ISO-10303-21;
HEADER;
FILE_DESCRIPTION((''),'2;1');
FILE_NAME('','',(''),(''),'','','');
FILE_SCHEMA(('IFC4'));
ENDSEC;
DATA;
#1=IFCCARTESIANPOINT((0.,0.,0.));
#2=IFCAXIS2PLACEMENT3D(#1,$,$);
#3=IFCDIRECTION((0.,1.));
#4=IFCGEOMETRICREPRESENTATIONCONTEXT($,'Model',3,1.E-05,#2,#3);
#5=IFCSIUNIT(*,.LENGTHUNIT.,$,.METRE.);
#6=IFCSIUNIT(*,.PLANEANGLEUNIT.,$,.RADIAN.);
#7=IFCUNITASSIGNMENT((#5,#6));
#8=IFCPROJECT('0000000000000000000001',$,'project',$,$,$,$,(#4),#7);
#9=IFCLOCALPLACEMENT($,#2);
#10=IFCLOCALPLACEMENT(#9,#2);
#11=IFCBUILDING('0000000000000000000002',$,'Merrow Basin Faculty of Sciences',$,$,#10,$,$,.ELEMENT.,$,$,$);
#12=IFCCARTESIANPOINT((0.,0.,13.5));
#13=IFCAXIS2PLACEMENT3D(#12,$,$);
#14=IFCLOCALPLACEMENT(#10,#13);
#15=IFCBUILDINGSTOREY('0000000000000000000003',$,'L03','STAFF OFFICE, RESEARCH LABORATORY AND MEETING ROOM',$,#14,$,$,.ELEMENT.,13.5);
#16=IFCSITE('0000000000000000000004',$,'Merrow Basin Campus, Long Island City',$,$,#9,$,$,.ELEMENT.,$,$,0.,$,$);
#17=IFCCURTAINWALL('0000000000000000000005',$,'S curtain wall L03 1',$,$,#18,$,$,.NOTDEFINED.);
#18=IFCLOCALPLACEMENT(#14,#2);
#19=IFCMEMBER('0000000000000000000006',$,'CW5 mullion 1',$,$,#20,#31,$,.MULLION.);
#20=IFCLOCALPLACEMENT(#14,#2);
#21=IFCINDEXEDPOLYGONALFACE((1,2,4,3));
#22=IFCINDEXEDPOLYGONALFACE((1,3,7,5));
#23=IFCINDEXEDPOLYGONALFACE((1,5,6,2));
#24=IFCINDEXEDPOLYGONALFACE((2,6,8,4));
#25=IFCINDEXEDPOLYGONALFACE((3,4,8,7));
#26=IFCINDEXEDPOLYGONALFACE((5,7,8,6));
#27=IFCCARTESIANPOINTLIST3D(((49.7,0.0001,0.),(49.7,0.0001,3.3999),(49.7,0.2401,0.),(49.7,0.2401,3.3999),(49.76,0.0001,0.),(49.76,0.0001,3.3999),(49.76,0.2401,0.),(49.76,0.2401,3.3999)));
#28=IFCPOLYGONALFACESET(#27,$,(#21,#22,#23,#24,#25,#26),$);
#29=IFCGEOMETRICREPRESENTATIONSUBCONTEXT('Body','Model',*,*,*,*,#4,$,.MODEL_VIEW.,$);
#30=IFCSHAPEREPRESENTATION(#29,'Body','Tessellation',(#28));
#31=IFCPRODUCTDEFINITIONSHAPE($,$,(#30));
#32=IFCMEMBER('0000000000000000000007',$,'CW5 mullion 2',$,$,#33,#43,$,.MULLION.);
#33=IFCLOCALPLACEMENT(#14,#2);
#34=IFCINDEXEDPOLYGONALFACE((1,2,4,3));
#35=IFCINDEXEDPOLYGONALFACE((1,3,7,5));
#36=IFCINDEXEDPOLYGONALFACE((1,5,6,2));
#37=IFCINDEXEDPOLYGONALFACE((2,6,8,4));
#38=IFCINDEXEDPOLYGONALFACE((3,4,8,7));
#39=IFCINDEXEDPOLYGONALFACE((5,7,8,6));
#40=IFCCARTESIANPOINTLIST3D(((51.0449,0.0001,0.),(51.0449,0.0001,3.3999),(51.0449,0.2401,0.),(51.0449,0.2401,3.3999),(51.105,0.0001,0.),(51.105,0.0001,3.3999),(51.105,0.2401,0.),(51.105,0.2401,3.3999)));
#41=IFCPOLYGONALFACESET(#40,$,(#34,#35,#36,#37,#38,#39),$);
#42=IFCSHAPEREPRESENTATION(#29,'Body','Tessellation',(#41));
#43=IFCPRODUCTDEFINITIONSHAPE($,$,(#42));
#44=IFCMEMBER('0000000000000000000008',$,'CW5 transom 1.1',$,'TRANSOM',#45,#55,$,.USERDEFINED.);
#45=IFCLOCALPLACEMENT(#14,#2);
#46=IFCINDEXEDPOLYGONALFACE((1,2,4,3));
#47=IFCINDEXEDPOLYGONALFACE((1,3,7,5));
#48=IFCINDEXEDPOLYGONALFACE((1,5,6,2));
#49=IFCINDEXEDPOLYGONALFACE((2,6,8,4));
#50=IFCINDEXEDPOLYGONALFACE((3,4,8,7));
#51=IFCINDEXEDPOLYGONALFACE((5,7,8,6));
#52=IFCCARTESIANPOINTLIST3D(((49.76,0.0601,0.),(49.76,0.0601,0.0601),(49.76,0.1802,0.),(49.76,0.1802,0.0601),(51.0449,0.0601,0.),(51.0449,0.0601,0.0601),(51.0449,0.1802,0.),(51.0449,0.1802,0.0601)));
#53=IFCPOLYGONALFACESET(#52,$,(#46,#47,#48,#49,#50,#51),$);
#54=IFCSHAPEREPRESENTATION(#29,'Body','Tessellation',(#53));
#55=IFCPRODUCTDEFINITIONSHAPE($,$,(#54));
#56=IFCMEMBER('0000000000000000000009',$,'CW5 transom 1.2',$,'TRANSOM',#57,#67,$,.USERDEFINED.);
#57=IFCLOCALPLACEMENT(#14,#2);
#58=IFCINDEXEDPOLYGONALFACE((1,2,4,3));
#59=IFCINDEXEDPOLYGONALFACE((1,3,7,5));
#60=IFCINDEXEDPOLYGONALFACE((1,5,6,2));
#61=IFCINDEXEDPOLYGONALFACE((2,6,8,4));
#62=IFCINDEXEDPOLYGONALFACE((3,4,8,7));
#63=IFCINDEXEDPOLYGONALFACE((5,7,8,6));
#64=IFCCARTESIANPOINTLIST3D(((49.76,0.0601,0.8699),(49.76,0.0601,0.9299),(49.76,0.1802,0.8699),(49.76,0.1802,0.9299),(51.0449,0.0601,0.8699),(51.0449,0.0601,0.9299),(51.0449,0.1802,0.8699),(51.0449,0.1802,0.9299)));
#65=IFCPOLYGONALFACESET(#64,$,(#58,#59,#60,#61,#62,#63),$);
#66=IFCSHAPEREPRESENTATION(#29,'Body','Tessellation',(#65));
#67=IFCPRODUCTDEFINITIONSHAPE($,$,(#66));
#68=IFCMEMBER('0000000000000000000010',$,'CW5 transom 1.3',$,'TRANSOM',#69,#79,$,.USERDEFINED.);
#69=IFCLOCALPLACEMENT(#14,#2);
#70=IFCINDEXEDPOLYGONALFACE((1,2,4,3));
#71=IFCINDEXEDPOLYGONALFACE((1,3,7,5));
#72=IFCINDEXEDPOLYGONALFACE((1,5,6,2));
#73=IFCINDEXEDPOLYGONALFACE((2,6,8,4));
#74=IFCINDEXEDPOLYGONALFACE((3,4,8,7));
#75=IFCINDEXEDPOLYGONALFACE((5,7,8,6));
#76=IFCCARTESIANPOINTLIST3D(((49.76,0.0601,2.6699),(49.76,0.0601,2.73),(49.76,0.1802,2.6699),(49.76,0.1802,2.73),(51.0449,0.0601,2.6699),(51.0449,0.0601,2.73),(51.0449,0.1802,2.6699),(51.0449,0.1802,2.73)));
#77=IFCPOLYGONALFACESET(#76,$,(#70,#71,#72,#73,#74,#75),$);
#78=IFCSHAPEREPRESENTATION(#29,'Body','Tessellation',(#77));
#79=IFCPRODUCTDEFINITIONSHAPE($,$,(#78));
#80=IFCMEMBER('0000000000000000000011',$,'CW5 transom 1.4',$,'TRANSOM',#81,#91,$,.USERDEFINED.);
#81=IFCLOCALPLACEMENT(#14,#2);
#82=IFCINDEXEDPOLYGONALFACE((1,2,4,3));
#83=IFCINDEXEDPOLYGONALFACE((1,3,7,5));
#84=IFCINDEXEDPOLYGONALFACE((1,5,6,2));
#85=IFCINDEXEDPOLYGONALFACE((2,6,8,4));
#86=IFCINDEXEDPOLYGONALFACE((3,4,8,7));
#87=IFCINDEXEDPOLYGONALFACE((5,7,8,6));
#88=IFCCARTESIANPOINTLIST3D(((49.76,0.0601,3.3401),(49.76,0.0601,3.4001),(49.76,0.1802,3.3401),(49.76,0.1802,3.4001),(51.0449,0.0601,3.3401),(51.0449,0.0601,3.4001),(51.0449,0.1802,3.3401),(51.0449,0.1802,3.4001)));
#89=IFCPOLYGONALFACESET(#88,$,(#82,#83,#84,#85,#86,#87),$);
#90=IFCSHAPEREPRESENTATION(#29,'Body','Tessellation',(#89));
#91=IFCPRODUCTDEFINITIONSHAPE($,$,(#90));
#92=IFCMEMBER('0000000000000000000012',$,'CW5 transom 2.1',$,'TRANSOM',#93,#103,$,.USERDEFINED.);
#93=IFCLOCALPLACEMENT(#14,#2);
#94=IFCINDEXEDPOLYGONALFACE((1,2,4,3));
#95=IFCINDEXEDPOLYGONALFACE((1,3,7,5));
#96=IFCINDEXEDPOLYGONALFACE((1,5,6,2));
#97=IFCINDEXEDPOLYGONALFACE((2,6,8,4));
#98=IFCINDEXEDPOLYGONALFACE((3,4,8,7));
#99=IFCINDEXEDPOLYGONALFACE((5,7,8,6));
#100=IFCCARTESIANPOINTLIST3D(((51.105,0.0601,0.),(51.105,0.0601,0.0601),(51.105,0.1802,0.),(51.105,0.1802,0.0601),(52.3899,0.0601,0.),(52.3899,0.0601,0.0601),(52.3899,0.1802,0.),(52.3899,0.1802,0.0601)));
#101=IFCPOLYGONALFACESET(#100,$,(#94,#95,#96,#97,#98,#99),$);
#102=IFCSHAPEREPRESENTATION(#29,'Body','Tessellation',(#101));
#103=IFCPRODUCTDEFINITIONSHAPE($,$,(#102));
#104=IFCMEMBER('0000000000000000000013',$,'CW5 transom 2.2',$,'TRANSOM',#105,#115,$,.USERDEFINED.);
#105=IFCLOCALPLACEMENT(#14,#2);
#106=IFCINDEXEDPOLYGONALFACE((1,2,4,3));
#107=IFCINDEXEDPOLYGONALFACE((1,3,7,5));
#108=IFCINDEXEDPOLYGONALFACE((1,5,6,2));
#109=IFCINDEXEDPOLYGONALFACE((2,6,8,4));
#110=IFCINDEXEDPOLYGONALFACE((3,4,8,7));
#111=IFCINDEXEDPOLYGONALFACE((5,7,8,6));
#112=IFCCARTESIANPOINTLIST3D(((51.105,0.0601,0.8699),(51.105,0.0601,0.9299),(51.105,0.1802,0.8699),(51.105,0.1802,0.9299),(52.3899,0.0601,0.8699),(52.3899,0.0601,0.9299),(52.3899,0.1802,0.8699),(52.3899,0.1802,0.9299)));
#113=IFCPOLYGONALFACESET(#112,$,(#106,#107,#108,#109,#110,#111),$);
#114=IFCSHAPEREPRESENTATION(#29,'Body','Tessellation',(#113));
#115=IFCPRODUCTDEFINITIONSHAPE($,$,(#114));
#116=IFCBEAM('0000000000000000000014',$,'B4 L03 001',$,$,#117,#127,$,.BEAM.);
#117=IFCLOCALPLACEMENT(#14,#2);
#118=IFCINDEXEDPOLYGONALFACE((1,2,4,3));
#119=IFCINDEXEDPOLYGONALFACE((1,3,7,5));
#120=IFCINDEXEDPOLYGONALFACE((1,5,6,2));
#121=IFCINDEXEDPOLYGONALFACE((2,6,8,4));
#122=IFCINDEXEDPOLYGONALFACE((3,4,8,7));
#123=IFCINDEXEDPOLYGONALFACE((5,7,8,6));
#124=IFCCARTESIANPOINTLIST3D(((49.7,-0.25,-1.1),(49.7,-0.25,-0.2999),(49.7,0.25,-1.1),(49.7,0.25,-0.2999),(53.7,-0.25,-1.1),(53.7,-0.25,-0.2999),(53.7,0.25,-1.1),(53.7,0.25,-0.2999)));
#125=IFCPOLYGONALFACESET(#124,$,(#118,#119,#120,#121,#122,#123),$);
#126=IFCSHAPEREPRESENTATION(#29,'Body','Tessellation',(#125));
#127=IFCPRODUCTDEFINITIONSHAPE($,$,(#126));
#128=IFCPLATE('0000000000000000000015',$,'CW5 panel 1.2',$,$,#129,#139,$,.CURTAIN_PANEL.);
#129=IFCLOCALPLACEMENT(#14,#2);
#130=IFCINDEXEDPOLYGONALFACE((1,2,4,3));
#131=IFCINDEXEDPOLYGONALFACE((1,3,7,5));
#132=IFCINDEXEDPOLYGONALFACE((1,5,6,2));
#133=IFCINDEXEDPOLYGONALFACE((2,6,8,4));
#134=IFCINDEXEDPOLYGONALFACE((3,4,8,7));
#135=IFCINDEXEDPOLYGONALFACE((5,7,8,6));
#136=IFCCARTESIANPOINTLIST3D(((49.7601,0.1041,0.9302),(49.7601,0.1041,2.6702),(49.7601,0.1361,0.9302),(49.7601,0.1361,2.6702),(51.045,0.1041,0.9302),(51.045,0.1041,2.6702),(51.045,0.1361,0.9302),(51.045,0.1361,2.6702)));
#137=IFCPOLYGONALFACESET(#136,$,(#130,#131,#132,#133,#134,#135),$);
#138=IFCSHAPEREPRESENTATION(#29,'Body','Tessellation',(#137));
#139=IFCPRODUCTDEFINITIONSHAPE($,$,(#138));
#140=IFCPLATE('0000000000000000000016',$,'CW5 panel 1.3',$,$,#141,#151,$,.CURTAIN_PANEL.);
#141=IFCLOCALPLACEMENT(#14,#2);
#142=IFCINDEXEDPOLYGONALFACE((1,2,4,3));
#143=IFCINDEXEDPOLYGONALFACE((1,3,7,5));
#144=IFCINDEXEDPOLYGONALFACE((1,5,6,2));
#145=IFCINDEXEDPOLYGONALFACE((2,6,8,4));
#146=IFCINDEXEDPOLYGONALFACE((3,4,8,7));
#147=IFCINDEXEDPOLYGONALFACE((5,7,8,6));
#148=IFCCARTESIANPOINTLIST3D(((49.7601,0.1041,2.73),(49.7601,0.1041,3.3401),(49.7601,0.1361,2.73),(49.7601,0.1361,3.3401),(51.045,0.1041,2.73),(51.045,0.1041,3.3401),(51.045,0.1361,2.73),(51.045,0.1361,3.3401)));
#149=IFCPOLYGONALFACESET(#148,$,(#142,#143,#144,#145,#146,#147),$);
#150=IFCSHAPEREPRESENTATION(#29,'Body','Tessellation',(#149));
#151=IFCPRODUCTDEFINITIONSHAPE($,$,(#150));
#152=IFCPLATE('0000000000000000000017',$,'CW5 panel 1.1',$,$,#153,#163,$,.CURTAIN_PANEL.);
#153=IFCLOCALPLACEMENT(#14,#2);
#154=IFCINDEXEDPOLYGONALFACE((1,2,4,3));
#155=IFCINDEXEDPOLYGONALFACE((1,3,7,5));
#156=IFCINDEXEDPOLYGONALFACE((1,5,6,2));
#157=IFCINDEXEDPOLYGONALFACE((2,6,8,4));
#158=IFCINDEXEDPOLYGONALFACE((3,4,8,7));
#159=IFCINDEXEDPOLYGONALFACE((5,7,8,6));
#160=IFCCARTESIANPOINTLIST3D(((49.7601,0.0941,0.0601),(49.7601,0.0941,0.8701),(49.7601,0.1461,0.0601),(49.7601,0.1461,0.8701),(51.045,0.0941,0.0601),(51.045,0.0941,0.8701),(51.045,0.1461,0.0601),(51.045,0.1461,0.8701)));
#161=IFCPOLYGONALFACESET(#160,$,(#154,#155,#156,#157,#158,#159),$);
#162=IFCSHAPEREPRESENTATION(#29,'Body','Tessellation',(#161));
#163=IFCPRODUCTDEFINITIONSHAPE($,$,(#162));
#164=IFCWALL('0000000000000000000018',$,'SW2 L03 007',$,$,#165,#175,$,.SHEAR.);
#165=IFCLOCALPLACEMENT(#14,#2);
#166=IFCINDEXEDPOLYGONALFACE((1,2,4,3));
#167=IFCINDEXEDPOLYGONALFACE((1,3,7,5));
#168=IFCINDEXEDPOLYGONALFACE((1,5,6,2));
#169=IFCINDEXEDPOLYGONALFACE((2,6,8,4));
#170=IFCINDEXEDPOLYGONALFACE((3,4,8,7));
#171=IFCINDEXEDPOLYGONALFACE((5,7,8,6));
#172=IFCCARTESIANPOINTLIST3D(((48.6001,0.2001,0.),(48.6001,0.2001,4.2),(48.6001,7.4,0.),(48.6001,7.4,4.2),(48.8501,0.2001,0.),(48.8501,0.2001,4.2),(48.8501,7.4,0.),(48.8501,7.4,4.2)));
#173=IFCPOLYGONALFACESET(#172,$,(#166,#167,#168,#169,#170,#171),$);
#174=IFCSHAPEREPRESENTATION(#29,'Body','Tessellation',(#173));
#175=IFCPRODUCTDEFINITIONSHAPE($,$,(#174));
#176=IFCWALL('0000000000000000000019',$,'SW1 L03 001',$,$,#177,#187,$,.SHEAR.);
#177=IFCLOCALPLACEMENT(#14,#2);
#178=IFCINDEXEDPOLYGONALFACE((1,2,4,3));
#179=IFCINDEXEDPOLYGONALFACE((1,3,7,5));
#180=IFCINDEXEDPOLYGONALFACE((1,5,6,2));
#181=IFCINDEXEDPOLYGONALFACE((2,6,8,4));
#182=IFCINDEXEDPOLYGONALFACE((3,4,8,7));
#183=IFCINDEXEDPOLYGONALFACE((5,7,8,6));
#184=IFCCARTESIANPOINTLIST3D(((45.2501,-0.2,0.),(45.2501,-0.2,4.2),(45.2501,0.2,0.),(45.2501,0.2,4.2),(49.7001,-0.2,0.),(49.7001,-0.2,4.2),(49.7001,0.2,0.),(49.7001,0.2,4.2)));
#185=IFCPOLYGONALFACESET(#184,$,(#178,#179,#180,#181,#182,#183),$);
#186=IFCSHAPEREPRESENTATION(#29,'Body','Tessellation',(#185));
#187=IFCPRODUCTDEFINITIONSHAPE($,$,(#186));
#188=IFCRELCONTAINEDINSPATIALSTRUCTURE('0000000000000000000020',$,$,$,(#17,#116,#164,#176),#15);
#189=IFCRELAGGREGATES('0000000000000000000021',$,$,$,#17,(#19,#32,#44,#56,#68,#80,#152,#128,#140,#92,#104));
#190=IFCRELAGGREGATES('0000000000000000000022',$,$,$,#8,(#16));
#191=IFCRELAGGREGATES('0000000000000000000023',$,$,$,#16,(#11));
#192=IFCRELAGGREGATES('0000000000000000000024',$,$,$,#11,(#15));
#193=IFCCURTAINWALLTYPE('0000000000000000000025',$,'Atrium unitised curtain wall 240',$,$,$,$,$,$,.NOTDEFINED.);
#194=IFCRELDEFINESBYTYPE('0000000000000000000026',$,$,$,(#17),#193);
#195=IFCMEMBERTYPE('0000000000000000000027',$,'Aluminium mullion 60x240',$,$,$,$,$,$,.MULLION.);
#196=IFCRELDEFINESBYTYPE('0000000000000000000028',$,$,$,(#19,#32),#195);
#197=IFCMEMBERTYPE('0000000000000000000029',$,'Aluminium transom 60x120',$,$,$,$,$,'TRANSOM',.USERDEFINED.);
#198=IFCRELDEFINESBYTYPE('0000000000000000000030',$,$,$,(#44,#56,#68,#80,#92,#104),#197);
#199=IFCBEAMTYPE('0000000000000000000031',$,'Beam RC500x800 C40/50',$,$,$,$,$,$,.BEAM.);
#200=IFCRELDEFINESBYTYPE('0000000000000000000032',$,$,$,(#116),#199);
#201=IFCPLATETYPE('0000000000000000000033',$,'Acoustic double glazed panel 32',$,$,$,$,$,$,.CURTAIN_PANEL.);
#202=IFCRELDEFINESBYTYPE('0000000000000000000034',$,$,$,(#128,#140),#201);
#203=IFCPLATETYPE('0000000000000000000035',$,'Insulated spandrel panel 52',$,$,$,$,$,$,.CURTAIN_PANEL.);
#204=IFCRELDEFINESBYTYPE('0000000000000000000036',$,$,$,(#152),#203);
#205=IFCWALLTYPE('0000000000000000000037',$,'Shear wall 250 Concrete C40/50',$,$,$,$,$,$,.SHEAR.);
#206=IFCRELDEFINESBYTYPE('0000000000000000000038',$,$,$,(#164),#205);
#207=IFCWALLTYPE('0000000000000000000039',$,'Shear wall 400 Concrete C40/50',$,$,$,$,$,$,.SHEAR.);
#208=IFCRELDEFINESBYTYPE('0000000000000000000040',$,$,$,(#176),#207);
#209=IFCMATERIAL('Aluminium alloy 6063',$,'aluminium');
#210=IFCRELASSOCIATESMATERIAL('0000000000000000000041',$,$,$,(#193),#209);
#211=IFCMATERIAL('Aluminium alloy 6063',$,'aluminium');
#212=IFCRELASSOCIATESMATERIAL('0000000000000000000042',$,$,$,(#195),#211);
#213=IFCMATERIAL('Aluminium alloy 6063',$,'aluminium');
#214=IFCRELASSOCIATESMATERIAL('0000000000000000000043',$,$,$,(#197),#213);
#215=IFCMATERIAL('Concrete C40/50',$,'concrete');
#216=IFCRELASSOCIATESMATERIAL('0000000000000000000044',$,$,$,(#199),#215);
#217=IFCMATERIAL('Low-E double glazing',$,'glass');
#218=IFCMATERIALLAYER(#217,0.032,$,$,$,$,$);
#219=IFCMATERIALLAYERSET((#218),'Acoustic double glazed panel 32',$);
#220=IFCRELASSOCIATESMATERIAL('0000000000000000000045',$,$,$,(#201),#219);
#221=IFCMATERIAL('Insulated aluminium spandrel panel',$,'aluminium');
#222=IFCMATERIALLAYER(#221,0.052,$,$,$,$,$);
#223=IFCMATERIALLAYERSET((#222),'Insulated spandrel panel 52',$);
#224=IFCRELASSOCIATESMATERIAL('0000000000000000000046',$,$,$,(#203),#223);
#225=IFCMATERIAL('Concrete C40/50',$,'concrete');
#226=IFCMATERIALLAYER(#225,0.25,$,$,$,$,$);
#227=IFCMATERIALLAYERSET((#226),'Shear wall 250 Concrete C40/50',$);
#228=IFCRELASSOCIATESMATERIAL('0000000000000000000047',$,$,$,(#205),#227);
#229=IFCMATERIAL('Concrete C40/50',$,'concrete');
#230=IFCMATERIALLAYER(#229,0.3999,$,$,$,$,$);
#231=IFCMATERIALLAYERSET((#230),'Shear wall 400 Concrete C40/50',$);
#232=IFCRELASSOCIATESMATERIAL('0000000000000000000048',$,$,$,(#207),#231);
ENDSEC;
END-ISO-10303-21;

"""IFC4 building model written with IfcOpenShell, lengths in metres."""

from ifc_helpers import new_model, si_unit, direction, frame, frame_2d, origin, origin_2d, place, context, subcontext, project, spatial, rectangle, extrude, material, layer, layer_set, material_profile, profile_set, type_object, element, aggregate, save


model = new_model("IFC4")

# Units and contexts
model_context = context("Model", 3, precision=1e-05, world=origin(), true_north=direction((0.0, 1.0)))
body_context = subcontext(model_context, "Body", "Model", "MODEL_VIEW")
ifc_project = project(units=[si_unit("LENGTHUNIT", "METRE"), si_unit("PLANEANGLEUNIT", "RADIAN")], contexts=[model_context])

# Site, building, storey
site_placement = place(None, origin())
site = spatial("IfcSite", under=ifc_project, at=site_placement, Name="Merrow Basin Campus, Long Island City", CompositionType="ELEMENT", RefElevation=0.0)
building_placement = place(site_placement, origin())
building = spatial("IfcBuilding", under=site, at=building_placement, Name="Merrow Basin Faculty of Sciences", CompositionType="ELEMENT")
storey_placement = place(building_placement, frame((0.0, 0.0, 13.5)))
storey = spatial("IfcBuildingStorey", under=building, at=storey_placement, Name="L03", Description="STAFF OFFICE, RESEARCH LABORATORY AND MEETING ROOM", CompositionType="ELEMENT", Elevation=13.5)

# Curtain wall, members
ifc_material_1 = material(Name="Aluminium alloy 6063", Category="aluminium")
curtain_wall_type = type_object("IfcCurtainWallType", Name="Atrium unitised curtain wall 240", PredefinedType="NOTDEFINED", material=ifc_material_1)
curtain_wall_placement = place(storey_placement, origin())
curtain_wall = element("IfcCurtainWall", 1, at=curtain_wall_placement, inside=storey, type_object=curtain_wall_type, Name="S curtain wall L03 1", PredefinedType="NOTDEFINED")
ifc_material_2 = material(Name="Aluminium alloy 6063", Category="aluminium")
ifc_material_profile_1 = material_profile(ifc_material_2, rectangle(XDim=0.24, YDim=0.0601, at=origin_2d()))
ifc_profile_set_1 = profile_set([ifc_material_profile_1], Name="Aluminium alloy 6063")
member_type_1 = type_object("IfcMemberType", Name="Aluminium mullion 60x240", PredefinedType="MULLION", material=ifc_profile_set_1)
member_1_placement = place(storey_placement, frame((49.73, 0.1201, 0.0), z_axis=(0.0, 0.0, 1.0), x_axis=(0.0, 1.0, 0.0)))
member_1 = element("IfcMember", 2, at=member_1_placement, type_object=member_type_1, Name="CW5 mullion 1", PredefinedType="MULLION", context=body_context, shape_type="SweptSolid", body=[
    extrude(rectangle(XDim=0.24, YDim=0.0601, at=origin_2d()), origin(), (0.0, 0.0, 1.0), 3.3999),
])
member_2_placement = place(storey_placement, frame((51.075, 0.1201, 0.0), z_axis=(0.0, 0.0, 1.0), x_axis=(0.0, 1.0, 0.0)))
member_2 = element("IfcMember", 3, at=member_2_placement, type_object=member_type_1, Name="CW5 mullion 2", PredefinedType="MULLION", context=body_context, shape_type="SweptSolid", body=[
    extrude(rectangle(XDim=0.24, YDim=0.0601, at=origin_2d()), origin(), (0.0, 0.0, 1.0), 3.3999),
])
ifc_material_3 = material(Name="Aluminium alloy 6063", Category="aluminium")
ifc_material_profile_2 = material_profile(ifc_material_3, rectangle(XDim=0.1201, YDim=0.0601, at=origin_2d()))
ifc_profile_set_2 = profile_set([ifc_material_profile_2], Name="Aluminium alloy 6063")
member_type_2 = type_object("IfcMemberType", Name="Aluminium transom 60x120", ElementType="TRANSOM", PredefinedType="USERDEFINED", material=ifc_profile_set_2)
member_3_placement = place(storey_placement, frame((49.76, 0.1201, 0.03), z_axis=(1.0, 0.0, 0.0), x_axis=(0.0, 1.0, 0.0)))
member_3 = element("IfcMember", 4, at=member_3_placement, type_object=member_type_2, Name="CW5 transom 1.1", ObjectType="TRANSOM", PredefinedType="USERDEFINED", context=body_context, shape_type="SweptSolid", body=[
    extrude(rectangle(XDim=0.1201, YDim=0.0601, at=origin_2d()), origin(), (0.0, 0.0, 1.0), 1.2849),
])
member_4_placement = place(storey_placement, frame((49.76, 0.1201, 0.8999), z_axis=(1.0, 0.0, 0.0), x_axis=(0.0, 1.0, 0.0)))
member_4 = element("IfcMember", 5, at=member_4_placement, type_object=member_type_2, Name="CW5 transom 1.2", ObjectType="TRANSOM", PredefinedType="USERDEFINED", context=body_context, shape_type="SweptSolid", body=[
    extrude(rectangle(XDim=0.1201, YDim=0.0601, at=origin_2d()), origin(), (0.0, 0.0, 1.0), 1.2849),
])
member_5_placement = place(storey_placement, frame((49.76, 0.1201, 2.7), z_axis=(1.0, 0.0, 0.0), x_axis=(0.0, 1.0, 0.0)))
member_5 = element("IfcMember", 6, at=member_5_placement, type_object=member_type_2, Name="CW5 transom 1.3", ObjectType="TRANSOM", PredefinedType="USERDEFINED", context=body_context, shape_type="SweptSolid", body=[
    extrude(rectangle(XDim=0.1201, YDim=0.0601, at=origin_2d()), origin(), (0.0, 0.0, 1.0), 1.2849),
])
member_6_placement = place(storey_placement, frame((49.76, 0.1201, 3.3701), z_axis=(1.0, 0.0, 0.0), x_axis=(0.0, 1.0, 0.0)))
member_6 = element("IfcMember", 7, at=member_6_placement, type_object=member_type_2, Name="CW5 transom 1.4", ObjectType="TRANSOM", PredefinedType="USERDEFINED", context=body_context, shape_type="SweptSolid", body=[
    extrude(rectangle(XDim=0.1201, YDim=0.0601, at=origin_2d()), origin(), (0.0, 0.0, 1.0), 1.2849),
])
member_7_placement = place(storey_placement, frame((51.105, 0.1201, 0.03), z_axis=(1.0, 0.0, 0.0), x_axis=(0.0, 1.0, 0.0)))
member_7 = element("IfcMember", 8, at=member_7_placement, type_object=member_type_2, Name="CW5 transom 2.1", ObjectType="TRANSOM", PredefinedType="USERDEFINED", context=body_context, shape_type="SweptSolid", body=[
    extrude(rectangle(XDim=0.1201, YDim=0.0601, at=origin_2d()), origin(), (0.0, 0.0, 1.0), 1.2849),
])
member_8_placement = place(storey_placement, frame((51.105, 0.1201, 0.8999), z_axis=(1.0, 0.0, 0.0), x_axis=(0.0, 1.0, 0.0)))
member_8 = element("IfcMember", 9, at=member_8_placement, type_object=member_type_2, Name="CW5 transom 2.2", ObjectType="TRANSOM", PredefinedType="USERDEFINED", context=body_context, shape_type="SweptSolid", body=[
    extrude(rectangle(XDim=0.1201, YDim=0.0601, at=origin_2d()), origin(), (0.0, 0.0, 1.0), 1.2849),
])

# Beam
ifc_material_4 = material(Name="Concrete C40/50", Category="concrete")
ifc_material_profile_3 = material_profile(ifc_material_4, rectangle(XDim=0.5, YDim=0.8, at=origin_2d()))
ifc_profile_set_3 = profile_set([ifc_material_profile_3], Name="Concrete C40/50")
beam_type = type_object("IfcBeamType", Name="Beam RC500x800 C40/50", PredefinedType="BEAM", material=ifc_profile_set_3)
beam_placement = place(storey_placement, frame((49.7, 0.0, -0.7), z_axis=(1.0, 0.0, 0.0), x_axis=(0.0, 1.0, 0.0)))
element("IfcBeam", 10, at=beam_placement, inside=storey, type_object=beam_type, Name="B4 L03 001", PredefinedType="BEAM", context=body_context, shape_type="SweptSolid", body=[
    extrude(rectangle(XDim=0.5, YDim=0.8, at=origin_2d()), origin(), (0.0, 0.0, 1.0), 4.0),
])

# Plates
ifc_material_5 = material(Name="Low-E double glazing", Category="glass")
ifc_layer_1 = layer(ifc_material_5, 0.032)
ifc_layer_set_1 = layer_set([ifc_layer_1], Name="Acoustic double glazed panel 32")
plate_type_1 = type_object("IfcPlateType", Name="Acoustic double glazed panel 32", PredefinedType="CURTAIN_PANEL", material=ifc_layer_set_1)
plate_1_placement = place(storey_placement, frame((50.4026, 0.1201, 0.9302), z_axis=(0.0, 0.0, 1.0), x_axis=(1.0, 0.0, 0.0)))
plate_1 = element("IfcPlate", 11, at=plate_1_placement, type_object=plate_type_1, Name="CW5 panel 1.2", PredefinedType="CURTAIN_PANEL", context=body_context, shape_type="SweptSolid", body=[
    extrude(rectangle(XDim=1.2849, YDim=0.032, at=origin_2d()), origin(), (0.0, 0.0, 1.0), 1.74),
])
plate_2_placement = place(storey_placement, frame((50.4026, 0.1201, 2.73), z_axis=(0.0, 0.0, 1.0), x_axis=(1.0, 0.0, 0.0)))
plate_2 = element("IfcPlate", 12, at=plate_2_placement, type_object=plate_type_1, Name="CW5 panel 1.3", PredefinedType="CURTAIN_PANEL", context=body_context, shape_type="SweptSolid", body=[
    extrude(rectangle(XDim=1.2849, YDim=0.032, at=origin_2d()), origin(), (0.0, 0.0, 1.0), 0.6101),
])
ifc_material_6 = material(Name="Insulated aluminium spandrel panel", Category="aluminium")
ifc_layer_2 = layer(ifc_material_6, 0.052)
ifc_layer_set_2 = layer_set([ifc_layer_2], Name="Insulated spandrel panel 52")
plate_type_2 = type_object("IfcPlateType", Name="Insulated spandrel panel 52", PredefinedType="CURTAIN_PANEL", material=ifc_layer_set_2)
plate_3_placement = place(storey_placement, frame((50.4026, 0.1201, 0.0601), z_axis=(0.0, 0.0, 1.0), x_axis=(1.0, 0.0, 0.0)))
plate_3 = element("IfcPlate", 13, at=plate_3_placement, type_object=plate_type_2, Name="CW5 panel 1.1", PredefinedType="CURTAIN_PANEL", context=body_context, shape_type="SweptSolid", body=[
    extrude(rectangle(XDim=1.2849, YDim=0.052, at=origin_2d()), origin(), (0.0, 0.0, 1.0), 0.8101),
])
aggregate(curtain_wall, [member_1, member_2, member_3, member_4, member_5, member_6, plate_3, plate_1, plate_2, member_7, member_8])

# Walls
ifc_material_7 = material(Name="Concrete C40/50", Category="concrete")
ifc_layer_3 = layer(ifc_material_7, 0.25)
ifc_layer_set_3 = layer_set([ifc_layer_3], Name="Shear wall 250 Concrete C40/50")
wall_type_1 = type_object("IfcWallType", Name="Shear wall 250 Concrete C40/50", PredefinedType="SHEAR", material=ifc_layer_set_3)
wall_1_placement = place(storey_placement, frame((48.7251, 0.2, 0.0), z_axis=(0.0, 0.0, 1.0), x_axis=(0.0, 1.0, 0.0)))
element("IfcWall", 14, at=wall_1_placement, inside=storey, type_object=wall_type_1, Name="SW2 L03 007", PredefinedType="SHEAR", context=body_context, shape_type="SweptSolid", body=[
    extrude(rectangle(XDim=7.2, YDim=0.25, at=frame_2d((3.6001, 0.0))), origin(), (0.0, 0.0, 1.0), 4.2),
])
ifc_material_8 = material(Name="Concrete C40/50", Category="concrete")
ifc_layer_4 = layer(ifc_material_8, 0.3999)
ifc_layer_set_4 = layer_set([ifc_layer_4], Name="Shear wall 400 Concrete C40/50")
wall_type_2 = type_object("IfcWallType", Name="Shear wall 400 Concrete C40/50", PredefinedType="SHEAR", material=ifc_layer_set_4)
wall_2_placement = place(storey_placement, frame((45.25, 0.0, 0.0), z_axis=(0.0, 0.0, 1.0), x_axis=(1.0, 0.0, 0.0)))
element("IfcWall", 15, at=wall_2_placement, inside=storey, type_object=wall_type_2, Name="SW1 L03 001", PredefinedType="SHEAR", context=body_context, shape_type="SweptSolid", body=[
    extrude(rectangle(XDim=4.45, YDim=0.3999, at=frame_2d((2.2251, 0.0))), origin(), (0.0, 0.0, 1.0), 4.2),
])

save(model, "model.ifc")
